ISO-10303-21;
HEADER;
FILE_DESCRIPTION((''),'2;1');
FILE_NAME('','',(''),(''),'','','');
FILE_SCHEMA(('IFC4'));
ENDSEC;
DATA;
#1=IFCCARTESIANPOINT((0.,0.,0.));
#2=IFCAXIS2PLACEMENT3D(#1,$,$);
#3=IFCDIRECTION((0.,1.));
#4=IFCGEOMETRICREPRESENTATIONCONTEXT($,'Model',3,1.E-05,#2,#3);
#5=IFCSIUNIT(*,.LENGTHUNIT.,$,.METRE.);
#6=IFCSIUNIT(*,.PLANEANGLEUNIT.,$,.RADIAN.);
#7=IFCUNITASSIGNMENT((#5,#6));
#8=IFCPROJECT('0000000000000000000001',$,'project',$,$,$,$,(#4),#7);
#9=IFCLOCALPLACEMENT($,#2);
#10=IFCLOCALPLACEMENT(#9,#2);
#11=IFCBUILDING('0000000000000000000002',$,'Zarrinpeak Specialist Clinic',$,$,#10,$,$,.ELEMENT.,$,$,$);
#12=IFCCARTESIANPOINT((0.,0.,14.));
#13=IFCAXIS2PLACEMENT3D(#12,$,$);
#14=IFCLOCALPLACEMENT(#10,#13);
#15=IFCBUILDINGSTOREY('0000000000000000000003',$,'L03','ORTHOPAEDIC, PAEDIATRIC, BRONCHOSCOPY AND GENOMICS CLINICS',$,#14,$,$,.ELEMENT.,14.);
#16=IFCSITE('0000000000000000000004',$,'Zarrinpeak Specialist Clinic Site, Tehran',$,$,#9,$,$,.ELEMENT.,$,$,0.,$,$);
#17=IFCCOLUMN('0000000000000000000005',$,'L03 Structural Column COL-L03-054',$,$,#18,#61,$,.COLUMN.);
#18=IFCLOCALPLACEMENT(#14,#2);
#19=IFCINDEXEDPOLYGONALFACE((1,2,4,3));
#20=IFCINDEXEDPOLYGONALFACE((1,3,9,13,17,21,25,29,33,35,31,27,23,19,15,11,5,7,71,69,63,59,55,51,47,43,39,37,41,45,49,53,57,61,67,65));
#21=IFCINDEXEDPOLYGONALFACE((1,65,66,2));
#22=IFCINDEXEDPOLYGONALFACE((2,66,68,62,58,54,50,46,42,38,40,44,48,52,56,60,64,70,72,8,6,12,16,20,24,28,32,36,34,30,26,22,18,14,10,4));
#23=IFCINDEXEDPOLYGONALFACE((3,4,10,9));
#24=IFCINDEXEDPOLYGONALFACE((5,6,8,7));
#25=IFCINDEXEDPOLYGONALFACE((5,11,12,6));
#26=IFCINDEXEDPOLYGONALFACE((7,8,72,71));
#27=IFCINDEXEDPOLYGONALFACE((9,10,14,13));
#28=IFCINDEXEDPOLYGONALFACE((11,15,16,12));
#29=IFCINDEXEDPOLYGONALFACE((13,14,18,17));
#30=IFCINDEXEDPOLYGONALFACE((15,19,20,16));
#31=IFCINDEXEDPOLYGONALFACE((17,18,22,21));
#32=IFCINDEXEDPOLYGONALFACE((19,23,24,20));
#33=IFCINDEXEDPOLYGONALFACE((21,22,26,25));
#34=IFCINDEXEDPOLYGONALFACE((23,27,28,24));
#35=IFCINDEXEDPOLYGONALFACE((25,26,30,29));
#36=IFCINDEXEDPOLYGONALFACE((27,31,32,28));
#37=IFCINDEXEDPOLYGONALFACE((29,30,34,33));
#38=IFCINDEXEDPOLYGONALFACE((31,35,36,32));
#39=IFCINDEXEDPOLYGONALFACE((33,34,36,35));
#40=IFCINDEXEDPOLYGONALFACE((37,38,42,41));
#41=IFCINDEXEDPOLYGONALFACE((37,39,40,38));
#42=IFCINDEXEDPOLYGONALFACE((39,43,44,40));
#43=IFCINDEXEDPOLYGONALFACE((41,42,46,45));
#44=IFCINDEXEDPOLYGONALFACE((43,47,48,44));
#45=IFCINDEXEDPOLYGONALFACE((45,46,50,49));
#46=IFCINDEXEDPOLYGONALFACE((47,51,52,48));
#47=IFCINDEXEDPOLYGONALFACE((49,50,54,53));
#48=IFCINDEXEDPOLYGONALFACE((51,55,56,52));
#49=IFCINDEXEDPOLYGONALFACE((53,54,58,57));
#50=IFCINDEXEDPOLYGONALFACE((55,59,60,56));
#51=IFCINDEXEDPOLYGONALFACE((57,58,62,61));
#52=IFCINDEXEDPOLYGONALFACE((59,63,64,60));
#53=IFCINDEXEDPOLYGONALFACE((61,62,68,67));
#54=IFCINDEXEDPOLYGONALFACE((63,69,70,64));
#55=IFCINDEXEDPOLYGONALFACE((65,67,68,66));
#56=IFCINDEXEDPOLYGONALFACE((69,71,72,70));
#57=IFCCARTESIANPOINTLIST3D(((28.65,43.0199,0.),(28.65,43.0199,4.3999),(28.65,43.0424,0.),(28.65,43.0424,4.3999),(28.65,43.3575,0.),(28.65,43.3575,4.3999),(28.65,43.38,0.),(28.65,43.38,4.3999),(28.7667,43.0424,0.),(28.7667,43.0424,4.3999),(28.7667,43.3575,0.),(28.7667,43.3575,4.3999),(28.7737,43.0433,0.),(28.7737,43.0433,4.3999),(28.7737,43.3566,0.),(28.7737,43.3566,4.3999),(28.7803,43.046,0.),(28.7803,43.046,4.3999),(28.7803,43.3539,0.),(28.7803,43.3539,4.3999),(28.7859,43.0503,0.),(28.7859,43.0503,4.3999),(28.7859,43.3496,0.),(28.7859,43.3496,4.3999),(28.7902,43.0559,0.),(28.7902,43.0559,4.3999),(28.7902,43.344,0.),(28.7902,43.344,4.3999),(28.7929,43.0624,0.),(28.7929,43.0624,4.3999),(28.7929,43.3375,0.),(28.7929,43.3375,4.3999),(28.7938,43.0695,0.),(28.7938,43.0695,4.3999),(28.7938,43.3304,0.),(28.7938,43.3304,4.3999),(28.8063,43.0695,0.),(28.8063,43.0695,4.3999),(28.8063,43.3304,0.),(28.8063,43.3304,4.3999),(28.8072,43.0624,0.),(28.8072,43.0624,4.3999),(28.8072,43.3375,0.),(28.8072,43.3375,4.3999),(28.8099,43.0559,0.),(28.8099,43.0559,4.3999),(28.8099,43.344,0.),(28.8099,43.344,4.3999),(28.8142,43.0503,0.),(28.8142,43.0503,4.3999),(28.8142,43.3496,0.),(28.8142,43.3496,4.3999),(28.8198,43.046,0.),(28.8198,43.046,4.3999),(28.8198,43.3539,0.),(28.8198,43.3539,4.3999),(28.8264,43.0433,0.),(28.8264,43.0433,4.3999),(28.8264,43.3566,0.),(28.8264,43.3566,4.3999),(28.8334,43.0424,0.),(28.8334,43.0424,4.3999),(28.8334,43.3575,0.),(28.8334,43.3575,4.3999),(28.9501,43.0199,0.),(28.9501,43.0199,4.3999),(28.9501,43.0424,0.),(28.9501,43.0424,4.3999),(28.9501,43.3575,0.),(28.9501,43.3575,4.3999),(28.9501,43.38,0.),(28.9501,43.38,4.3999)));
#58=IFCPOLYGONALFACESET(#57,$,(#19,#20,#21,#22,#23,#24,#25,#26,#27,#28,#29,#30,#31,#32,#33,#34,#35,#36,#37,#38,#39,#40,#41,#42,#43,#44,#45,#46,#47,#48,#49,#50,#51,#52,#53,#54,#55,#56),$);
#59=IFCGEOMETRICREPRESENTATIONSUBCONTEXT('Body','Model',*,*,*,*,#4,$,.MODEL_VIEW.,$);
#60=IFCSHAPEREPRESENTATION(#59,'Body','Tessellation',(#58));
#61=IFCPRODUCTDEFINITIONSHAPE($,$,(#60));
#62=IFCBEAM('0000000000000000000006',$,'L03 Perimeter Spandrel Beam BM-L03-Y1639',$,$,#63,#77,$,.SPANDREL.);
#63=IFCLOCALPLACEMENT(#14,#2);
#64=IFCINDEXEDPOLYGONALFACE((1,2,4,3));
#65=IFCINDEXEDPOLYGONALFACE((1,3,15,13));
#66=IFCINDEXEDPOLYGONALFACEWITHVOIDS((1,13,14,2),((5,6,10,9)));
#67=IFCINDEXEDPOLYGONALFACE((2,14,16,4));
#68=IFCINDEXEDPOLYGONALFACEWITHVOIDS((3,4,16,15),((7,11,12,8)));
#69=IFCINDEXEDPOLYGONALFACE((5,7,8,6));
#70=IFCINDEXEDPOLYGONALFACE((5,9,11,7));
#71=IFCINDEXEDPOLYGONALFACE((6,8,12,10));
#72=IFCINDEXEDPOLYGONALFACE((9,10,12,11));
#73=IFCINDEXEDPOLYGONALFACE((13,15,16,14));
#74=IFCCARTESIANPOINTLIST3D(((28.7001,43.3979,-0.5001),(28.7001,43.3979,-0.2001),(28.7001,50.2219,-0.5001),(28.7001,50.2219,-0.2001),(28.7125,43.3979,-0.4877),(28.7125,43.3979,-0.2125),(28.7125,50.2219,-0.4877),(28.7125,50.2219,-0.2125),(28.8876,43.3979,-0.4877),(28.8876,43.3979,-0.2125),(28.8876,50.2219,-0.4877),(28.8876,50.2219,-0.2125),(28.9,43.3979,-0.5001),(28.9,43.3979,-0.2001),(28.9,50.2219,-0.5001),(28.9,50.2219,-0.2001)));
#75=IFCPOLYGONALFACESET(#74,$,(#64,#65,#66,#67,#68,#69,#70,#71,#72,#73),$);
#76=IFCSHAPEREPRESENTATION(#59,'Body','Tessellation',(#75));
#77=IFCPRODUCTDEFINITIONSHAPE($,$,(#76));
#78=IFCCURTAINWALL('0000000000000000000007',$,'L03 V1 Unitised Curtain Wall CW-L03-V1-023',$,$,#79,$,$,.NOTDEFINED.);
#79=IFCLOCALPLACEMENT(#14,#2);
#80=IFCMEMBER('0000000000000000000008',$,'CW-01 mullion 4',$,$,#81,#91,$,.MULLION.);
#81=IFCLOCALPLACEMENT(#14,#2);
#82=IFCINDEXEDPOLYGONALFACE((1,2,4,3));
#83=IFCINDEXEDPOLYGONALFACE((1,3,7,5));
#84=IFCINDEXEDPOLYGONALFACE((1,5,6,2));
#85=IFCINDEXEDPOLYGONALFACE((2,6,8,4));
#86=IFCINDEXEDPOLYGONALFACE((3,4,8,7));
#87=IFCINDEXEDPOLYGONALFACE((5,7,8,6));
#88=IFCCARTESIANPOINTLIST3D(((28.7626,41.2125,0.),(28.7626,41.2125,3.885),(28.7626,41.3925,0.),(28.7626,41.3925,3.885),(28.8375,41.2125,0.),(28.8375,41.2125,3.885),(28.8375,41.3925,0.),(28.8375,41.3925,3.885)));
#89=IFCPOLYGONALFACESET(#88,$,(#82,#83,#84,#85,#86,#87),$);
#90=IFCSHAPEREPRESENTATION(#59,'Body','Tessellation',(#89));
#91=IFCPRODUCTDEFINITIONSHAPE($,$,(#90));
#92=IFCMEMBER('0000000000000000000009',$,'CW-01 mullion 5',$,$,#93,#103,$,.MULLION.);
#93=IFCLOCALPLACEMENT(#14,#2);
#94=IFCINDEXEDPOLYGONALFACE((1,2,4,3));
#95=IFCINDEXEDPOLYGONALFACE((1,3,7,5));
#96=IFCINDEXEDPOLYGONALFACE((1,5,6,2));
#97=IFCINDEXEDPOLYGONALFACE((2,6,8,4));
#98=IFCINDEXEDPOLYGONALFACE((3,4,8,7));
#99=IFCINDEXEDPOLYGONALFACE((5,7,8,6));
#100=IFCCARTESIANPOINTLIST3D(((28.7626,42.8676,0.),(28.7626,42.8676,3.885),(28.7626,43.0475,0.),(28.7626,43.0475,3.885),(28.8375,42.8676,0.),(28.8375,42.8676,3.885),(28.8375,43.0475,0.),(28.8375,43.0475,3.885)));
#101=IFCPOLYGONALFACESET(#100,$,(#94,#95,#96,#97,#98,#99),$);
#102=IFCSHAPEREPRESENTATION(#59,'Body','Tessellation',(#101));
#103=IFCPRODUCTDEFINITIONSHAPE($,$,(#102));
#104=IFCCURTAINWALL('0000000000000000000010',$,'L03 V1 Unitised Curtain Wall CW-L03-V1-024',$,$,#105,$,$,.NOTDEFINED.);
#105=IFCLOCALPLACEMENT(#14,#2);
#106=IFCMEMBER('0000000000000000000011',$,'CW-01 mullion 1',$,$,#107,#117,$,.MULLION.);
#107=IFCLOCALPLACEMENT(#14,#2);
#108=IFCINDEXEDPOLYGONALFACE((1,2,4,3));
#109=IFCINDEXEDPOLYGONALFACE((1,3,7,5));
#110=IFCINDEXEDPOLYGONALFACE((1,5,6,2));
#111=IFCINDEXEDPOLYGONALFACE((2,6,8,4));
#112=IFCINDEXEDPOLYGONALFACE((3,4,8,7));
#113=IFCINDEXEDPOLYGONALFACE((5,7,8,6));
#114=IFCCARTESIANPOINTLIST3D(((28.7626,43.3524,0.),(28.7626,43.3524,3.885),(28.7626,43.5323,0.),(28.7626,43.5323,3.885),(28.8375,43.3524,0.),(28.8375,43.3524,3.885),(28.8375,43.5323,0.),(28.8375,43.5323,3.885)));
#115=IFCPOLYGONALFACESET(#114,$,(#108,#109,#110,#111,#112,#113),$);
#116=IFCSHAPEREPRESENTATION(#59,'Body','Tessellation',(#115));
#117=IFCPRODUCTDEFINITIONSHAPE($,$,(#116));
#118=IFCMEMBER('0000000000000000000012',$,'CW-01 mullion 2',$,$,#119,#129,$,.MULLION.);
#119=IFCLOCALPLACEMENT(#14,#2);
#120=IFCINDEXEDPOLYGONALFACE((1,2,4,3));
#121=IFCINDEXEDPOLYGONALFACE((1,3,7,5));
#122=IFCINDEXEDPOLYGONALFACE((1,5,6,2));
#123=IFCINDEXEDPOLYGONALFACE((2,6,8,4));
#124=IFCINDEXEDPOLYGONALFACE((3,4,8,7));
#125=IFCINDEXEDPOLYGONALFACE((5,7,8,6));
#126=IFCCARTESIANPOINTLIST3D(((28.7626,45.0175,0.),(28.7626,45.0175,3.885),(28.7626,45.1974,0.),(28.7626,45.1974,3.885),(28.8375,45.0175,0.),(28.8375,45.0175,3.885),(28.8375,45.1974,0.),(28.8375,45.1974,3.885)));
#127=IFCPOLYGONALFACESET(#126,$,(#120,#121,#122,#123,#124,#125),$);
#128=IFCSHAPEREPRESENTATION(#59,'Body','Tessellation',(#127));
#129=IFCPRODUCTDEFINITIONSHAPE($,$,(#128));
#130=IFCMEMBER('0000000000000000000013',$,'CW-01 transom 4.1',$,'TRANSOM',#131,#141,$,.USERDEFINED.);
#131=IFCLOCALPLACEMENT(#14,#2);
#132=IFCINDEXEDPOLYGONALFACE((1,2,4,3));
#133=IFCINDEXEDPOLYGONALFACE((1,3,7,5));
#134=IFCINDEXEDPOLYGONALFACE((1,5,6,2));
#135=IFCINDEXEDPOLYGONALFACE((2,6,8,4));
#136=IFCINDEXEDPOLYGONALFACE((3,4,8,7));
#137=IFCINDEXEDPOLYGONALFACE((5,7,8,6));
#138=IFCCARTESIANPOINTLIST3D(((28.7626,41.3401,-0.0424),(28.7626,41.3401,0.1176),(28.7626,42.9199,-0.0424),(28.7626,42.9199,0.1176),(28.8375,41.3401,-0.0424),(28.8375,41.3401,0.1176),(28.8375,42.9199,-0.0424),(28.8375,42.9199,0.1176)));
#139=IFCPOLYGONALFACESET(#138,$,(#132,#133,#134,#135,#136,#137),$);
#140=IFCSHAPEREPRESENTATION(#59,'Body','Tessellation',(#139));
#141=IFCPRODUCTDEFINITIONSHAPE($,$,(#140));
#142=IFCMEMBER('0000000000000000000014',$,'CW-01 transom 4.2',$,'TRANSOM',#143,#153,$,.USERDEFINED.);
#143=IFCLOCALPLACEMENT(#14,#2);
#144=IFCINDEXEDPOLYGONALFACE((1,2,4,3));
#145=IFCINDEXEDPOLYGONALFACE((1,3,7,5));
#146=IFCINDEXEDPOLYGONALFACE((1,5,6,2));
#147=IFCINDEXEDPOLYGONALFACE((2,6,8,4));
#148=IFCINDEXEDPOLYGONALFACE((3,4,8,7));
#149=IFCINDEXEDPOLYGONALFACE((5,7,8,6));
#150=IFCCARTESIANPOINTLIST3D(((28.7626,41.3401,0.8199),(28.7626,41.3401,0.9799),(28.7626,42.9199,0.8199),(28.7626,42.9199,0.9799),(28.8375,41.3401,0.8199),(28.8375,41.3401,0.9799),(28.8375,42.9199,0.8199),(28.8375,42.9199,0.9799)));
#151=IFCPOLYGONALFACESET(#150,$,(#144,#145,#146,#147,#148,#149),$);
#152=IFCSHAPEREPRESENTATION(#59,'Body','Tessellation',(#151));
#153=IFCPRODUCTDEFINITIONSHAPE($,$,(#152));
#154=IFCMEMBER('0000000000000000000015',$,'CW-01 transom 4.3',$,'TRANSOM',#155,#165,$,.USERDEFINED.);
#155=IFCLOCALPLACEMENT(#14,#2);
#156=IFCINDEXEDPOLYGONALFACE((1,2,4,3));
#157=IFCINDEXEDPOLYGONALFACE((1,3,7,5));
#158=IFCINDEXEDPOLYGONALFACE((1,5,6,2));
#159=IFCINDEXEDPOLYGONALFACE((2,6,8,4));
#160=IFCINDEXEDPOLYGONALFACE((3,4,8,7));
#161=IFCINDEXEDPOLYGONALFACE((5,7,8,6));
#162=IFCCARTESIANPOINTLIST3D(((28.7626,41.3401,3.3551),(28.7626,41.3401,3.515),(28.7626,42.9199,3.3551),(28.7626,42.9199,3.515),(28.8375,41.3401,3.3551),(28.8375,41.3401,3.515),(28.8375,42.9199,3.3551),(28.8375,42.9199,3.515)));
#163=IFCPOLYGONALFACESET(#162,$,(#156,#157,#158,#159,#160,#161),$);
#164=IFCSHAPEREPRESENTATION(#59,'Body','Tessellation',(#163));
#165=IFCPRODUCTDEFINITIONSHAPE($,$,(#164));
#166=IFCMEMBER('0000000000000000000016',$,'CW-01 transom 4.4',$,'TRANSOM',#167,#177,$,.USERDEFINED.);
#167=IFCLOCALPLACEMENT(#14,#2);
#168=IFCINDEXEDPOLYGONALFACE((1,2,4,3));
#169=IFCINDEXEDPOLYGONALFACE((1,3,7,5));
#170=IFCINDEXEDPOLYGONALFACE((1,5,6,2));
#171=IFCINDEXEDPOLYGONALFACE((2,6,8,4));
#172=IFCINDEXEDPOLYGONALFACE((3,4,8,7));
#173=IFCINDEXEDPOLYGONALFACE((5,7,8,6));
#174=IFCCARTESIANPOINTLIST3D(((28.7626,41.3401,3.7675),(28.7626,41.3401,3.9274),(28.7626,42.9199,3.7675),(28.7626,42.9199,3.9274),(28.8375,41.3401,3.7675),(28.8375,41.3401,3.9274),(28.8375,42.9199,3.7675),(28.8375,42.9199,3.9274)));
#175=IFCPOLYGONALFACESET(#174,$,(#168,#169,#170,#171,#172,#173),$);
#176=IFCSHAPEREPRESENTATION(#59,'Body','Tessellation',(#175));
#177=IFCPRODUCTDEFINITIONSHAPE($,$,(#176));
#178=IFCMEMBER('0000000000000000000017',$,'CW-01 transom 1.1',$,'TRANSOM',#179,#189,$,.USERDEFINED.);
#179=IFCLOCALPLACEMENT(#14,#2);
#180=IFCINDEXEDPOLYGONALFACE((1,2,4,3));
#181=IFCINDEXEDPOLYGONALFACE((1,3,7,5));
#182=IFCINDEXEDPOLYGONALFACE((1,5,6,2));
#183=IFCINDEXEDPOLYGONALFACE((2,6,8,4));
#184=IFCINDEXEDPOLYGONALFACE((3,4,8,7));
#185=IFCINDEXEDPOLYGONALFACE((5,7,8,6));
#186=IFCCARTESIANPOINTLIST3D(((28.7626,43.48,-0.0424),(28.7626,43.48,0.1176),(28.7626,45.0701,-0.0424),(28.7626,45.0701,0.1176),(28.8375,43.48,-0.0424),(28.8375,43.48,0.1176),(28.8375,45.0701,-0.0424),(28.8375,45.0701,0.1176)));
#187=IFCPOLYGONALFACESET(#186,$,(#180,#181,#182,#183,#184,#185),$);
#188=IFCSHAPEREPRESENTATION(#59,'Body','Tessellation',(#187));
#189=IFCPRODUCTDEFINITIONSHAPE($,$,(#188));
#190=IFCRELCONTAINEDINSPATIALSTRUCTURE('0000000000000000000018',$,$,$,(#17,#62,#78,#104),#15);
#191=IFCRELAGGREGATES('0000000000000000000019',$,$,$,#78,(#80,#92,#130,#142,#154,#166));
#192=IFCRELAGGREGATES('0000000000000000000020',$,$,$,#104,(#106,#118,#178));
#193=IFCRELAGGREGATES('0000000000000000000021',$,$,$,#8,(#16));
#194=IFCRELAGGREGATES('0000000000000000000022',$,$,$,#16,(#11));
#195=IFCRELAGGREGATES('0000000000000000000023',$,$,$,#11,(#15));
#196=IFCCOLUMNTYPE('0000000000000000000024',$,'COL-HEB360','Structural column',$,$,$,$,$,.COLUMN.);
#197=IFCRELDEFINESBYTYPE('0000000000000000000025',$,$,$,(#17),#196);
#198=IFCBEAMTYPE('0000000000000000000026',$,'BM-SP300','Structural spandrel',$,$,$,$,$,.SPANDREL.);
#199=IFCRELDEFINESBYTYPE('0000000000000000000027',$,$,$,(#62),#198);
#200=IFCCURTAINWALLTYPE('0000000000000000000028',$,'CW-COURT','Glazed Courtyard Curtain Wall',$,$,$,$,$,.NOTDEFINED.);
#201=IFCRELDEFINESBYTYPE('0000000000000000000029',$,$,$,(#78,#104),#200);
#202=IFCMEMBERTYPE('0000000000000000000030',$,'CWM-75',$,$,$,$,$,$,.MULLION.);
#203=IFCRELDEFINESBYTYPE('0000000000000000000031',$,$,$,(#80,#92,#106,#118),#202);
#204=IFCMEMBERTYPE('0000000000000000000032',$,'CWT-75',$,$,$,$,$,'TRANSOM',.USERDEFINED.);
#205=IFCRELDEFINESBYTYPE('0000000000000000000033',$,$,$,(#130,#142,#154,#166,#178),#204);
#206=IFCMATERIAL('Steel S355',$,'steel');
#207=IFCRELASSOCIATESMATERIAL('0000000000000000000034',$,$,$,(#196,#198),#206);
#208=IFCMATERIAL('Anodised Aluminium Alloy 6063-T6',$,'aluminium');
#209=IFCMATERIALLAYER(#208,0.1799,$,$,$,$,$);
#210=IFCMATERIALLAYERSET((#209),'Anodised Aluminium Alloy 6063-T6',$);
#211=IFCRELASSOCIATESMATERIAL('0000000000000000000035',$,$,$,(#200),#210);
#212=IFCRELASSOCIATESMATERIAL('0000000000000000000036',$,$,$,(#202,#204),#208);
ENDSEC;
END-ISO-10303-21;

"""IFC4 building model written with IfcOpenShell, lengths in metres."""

from ifc_helpers import new_model, si_unit, direction, frame, origin, origin_2d, place, context, subcontext, project, spatial, rectangle, hollow_rectangle, i_section, extrude, material, layer, layer_set, material_profile, profile_set, type_object, element, aggregate, save


model = new_model("IFC4")

# Units and contexts
model_context = context("Model", 3, precision=1e-05, world=origin(), true_north=direction((0.0, 1.0)))
body_context = subcontext(model_context, "Body", "Model", "MODEL_VIEW")
ifc_project = project(units=[si_unit("LENGTHUNIT", "METRE"), si_unit("PLANEANGLEUNIT", "RADIAN")], contexts=[model_context])

# Site, building, storey
site_placement = place(None, origin())
site = spatial("IfcSite", under=ifc_project, at=site_placement, Name="Zarrinpeak Specialist Clinic Site, Tehran", CompositionType="ELEMENT", RefElevation=0.0)
building_placement = place(site_placement, origin())
building = spatial("IfcBuilding", under=site, at=building_placement, Name="Zarrinpeak Specialist Clinic", CompositionType="ELEMENT")
storey_placement = place(building_placement, frame((0.0, 0.0, 14.0)))
storey = spatial("IfcBuildingStorey", under=building, at=storey_placement, Name="L03", Description="ORTHOPAEDIC, PAEDIATRIC, BRONCHOSCOPY AND GENOMICS CLINICS", CompositionType="ELEMENT", Elevation=14.0)

# Column
ifc_material_1 = material(Name="Steel S355", Category="steel")
ifc_material_profile_1 = material_profile(ifc_material_1, i_section(OverallWidth=0.3, OverallDepth=0.3601, WebThickness=0.0125, FlangeThickness=0.0225, FilletRadius=0.0271, at=origin_2d()), Name="HEB 360")
ifc_profile_set_1 = profile_set([ifc_material_profile_1], Name="Steel S355")
column_type = type_object("IfcColumnType", Name="COL-HEB360", Description="Structural column", PredefinedType="COLUMN", material=ifc_profile_set_1)
column_placement = place(storey_placement, frame((28.8, 43.2, 0.0), z_axis=(0.0, 0.0, 1.0), x_axis=(1.0, 0.0, 0.0)))
element("IfcColumn", 1, at=column_placement, inside=storey, type_object=column_type, Name="L03 Structural Column COL-L03-054", PredefinedType="COLUMN", context=body_context, shape_type="SweptSolid", body=[
    extrude(i_section(OverallWidth=0.3, OverallDepth=0.3601, WebThickness=0.0125, FlangeThickness=0.0225, FilletRadius=0.0271, at=origin_2d()), origin(), (0.0, 0.0, 1.0), 4.3999),
])

# Beam
ifc_material_profile_2 = material_profile(ifc_material_1, hollow_rectangle(XDim=0.2, YDim=0.3, WallThickness=0.0125, at=origin_2d()), Name="RHS 300x200x12.5")
ifc_profile_set_2 = profile_set([ifc_material_profile_2], Name="Steel S355")
beam_type = type_object("IfcBeamType", Name="BM-SP300", Description="Structural spandrel", PredefinedType="SPANDREL", material=ifc_profile_set_2)
beam_placement = place(storey_placement, frame((28.8, 43.3979, -0.3501), z_axis=(0.0, 1.0, 0.0), x_axis=(-1.0, 0.0, 0.0)))
element("IfcBeam", 2, at=beam_placement, inside=storey, type_object=beam_type, Name="L03 Perimeter Spandrel Beam BM-L03-Y1639", PredefinedType="SPANDREL", context=body_context, shape_type="SweptSolid", body=[
    extrude(hollow_rectangle(XDim=0.2, YDim=0.3, WallThickness=0.0125, at=origin_2d()), origin(), (0.0, 0.0, 1.0), 6.824),
])

# Curtain walls, members
ifc_material_2 = material(Name="Anodised Aluminium Alloy 6063-T6", Category="aluminium")
ifc_layer_1 = layer(ifc_material_2, 0.1799)
ifc_layer_set_1 = layer_set([ifc_layer_1], Name="Anodised Aluminium Alloy 6063-T6")
curtain_wall_type = type_object("IfcCurtainWallType", Name="CW-COURT", Description="Glazed Courtyard Curtain Wall", PredefinedType="NOTDEFINED", material=ifc_layer_set_1)
curtain_wall_1_placement = place(storey_placement, origin())
curtain_wall_1 = element("IfcCurtainWall", 3, at=curtain_wall_1_placement, inside=storey, type_object=curtain_wall_type, Name="L03 V1 Unitised Curtain Wall CW-L03-V1-023", PredefinedType="NOTDEFINED")
ifc_material_profile_3 = material_profile(ifc_material_2, rectangle(XDim=0.075, YDim=0.1799, at=origin_2d()), Name="ALU 75x180")
ifc_profile_set_3 = profile_set([ifc_material_profile_3], Name="Anodised Aluminium Alloy 6063-T6")
member_type_1 = type_object("IfcMemberType", Name="CWM-75", PredefinedType="MULLION", material=ifc_profile_set_3)
member_1_placement = place(storey_placement, frame((28.8, 41.3025, 0.0), z_axis=(0.0, 0.0, 1.0), x_axis=(-1.0, 0.0, 0.0)))
member_1 = element("IfcMember", 4, at=member_1_placement, type_object=member_type_1, Name="CW-01 mullion 4", PredefinedType="MULLION", context=body_context, shape_type="SweptSolid", body=[
    extrude(rectangle(XDim=0.075, YDim=0.1799, at=origin_2d()), origin(), (0.0, 0.0, 1.0), 3.885),
])
member_2_placement = place(storey_placement, frame((28.8, 42.9575, 0.0), z_axis=(0.0, 0.0, 1.0), x_axis=(-1.0, 0.0, 0.0)))
member_2 = element("IfcMember", 5, at=member_2_placement, type_object=member_type_1, Name="CW-01 mullion 5", PredefinedType="MULLION", context=body_context, shape_type="SweptSolid", body=[
    extrude(rectangle(XDim=0.075, YDim=0.1799, at=origin_2d()), origin(), (0.0, 0.0, 1.0), 3.885),
])
curtain_wall_2_placement = place(storey_placement, origin())
curtain_wall_2 = element("IfcCurtainWall", 6, at=curtain_wall_2_placement, inside=storey, type_object=curtain_wall_type, Name="L03 V1 Unitised Curtain Wall CW-L03-V1-024", PredefinedType="NOTDEFINED")
member_3_placement = place(storey_placement, frame((28.8, 43.4424, 0.0), z_axis=(0.0, 0.0, 1.0), x_axis=(-1.0, 0.0, 0.0)))
member_3 = element("IfcMember", 7, at=member_3_placement, type_object=member_type_1, Name="CW-01 mullion 1", PredefinedType="MULLION", context=body_context, shape_type="SweptSolid", body=[
    extrude(rectangle(XDim=0.075, YDim=0.1799, at=origin_2d()), origin(), (0.0, 0.0, 1.0), 3.885),
])
member_4_placement = place(storey_placement, frame((28.8, 45.1074, 0.0), z_axis=(0.0, 0.0, 1.0), x_axis=(-1.0, 0.0, 0.0)))
member_4 = element("IfcMember", 8, at=member_4_placement, type_object=member_type_1, Name="CW-01 mullion 2", PredefinedType="MULLION", context=body_context, shape_type="SweptSolid", body=[
    extrude(rectangle(XDim=0.075, YDim=0.1799, at=origin_2d()), origin(), (0.0, 0.0, 1.0), 3.885),
])

# Members
ifc_material_profile_4 = material_profile(ifc_material_2, rectangle(XDim=0.075, YDim=0.1599, at=origin_2d()), Name="ALU 75x160")
ifc_profile_set_4 = profile_set([ifc_material_profile_4], Name="Anodised Aluminium Alloy 6063-T6")
member_type_2 = type_object("IfcMemberType", Name="CWT-75", ElementType="TRANSOM", PredefinedType="USERDEFINED", material=ifc_profile_set_4)
member_5_placement = place(storey_placement, frame((28.8, 41.3401, 0.0376), z_axis=(0.0, 1.0, 0.0), x_axis=(-1.0, 0.0, 0.0)))
member_5 = element("IfcMember", 9, at=member_5_placement, type_object=member_type_2, Name="CW-01 transom 4.1", ObjectType="TRANSOM", PredefinedType="USERDEFINED", context=body_context, shape_type="SweptSolid", body=[
    extrude(rectangle(XDim=0.075, YDim=0.1599, at=origin_2d()), origin(), (0.0, 0.0, 1.0), 1.5798),
])
member_6_placement = place(storey_placement, frame((28.8, 41.3401, 0.8999), z_axis=(0.0, 1.0, 0.0), x_axis=(-1.0, 0.0, 0.0)))
member_6 = element("IfcMember", 10, at=member_6_placement, type_object=member_type_2, Name="CW-01 transom 4.2", ObjectType="TRANSOM", PredefinedType="USERDEFINED", context=body_context, shape_type="SweptSolid", body=[
    extrude(rectangle(XDim=0.075, YDim=0.1599, at=origin_2d()), origin(), (0.0, 0.0, 1.0), 1.5798),
])
member_7_placement = place(storey_placement, frame((28.8, 41.3401, 3.4351), z_axis=(0.0, 1.0, 0.0), x_axis=(-1.0, 0.0, 0.0)))
member_7 = element("IfcMember", 11, at=member_7_placement, type_object=member_type_2, Name="CW-01 transom 4.3", ObjectType="TRANSOM", PredefinedType="USERDEFINED", context=body_context, shape_type="SweptSolid", body=[
    extrude(rectangle(XDim=0.075, YDim=0.1599, at=origin_2d()), origin(), (0.0, 0.0, 1.0), 1.5798),
])
member_8_placement = place(storey_placement, frame((28.8, 41.3401, 3.8474), z_axis=(0.0, 1.0, 0.0), x_axis=(-1.0, 0.0, 0.0)))
member_8 = element("IfcMember", 12, at=member_8_placement, type_object=member_type_2, Name="CW-01 transom 4.4", ObjectType="TRANSOM", PredefinedType="USERDEFINED", context=body_context, shape_type="SweptSolid", body=[
    extrude(rectangle(XDim=0.075, YDim=0.1599, at=origin_2d()), origin(), (0.0, 0.0, 1.0), 1.5798),
])
member_9_placement = place(storey_placement, frame((28.8, 43.48, 0.0376), z_axis=(0.0, 1.0, 0.0), x_axis=(-1.0, 0.0, 0.0)))
member_9 = element("IfcMember", 13, at=member_9_placement, type_object=member_type_2, Name="CW-01 transom 1.1", ObjectType="TRANSOM", PredefinedType="USERDEFINED", context=body_context, shape_type="SweptSolid", body=[
    extrude(rectangle(XDim=0.075, YDim=0.1599, at=origin_2d()), origin(), (0.0, 0.0, 1.0), 1.5901),
])

aggregate(curtain_wall_1, [member_1, member_2, member_5, member_6, member_7, member_8])
aggregate(curtain_wall_2, [member_3, member_4, member_9])

save(model, "model.ifc")
